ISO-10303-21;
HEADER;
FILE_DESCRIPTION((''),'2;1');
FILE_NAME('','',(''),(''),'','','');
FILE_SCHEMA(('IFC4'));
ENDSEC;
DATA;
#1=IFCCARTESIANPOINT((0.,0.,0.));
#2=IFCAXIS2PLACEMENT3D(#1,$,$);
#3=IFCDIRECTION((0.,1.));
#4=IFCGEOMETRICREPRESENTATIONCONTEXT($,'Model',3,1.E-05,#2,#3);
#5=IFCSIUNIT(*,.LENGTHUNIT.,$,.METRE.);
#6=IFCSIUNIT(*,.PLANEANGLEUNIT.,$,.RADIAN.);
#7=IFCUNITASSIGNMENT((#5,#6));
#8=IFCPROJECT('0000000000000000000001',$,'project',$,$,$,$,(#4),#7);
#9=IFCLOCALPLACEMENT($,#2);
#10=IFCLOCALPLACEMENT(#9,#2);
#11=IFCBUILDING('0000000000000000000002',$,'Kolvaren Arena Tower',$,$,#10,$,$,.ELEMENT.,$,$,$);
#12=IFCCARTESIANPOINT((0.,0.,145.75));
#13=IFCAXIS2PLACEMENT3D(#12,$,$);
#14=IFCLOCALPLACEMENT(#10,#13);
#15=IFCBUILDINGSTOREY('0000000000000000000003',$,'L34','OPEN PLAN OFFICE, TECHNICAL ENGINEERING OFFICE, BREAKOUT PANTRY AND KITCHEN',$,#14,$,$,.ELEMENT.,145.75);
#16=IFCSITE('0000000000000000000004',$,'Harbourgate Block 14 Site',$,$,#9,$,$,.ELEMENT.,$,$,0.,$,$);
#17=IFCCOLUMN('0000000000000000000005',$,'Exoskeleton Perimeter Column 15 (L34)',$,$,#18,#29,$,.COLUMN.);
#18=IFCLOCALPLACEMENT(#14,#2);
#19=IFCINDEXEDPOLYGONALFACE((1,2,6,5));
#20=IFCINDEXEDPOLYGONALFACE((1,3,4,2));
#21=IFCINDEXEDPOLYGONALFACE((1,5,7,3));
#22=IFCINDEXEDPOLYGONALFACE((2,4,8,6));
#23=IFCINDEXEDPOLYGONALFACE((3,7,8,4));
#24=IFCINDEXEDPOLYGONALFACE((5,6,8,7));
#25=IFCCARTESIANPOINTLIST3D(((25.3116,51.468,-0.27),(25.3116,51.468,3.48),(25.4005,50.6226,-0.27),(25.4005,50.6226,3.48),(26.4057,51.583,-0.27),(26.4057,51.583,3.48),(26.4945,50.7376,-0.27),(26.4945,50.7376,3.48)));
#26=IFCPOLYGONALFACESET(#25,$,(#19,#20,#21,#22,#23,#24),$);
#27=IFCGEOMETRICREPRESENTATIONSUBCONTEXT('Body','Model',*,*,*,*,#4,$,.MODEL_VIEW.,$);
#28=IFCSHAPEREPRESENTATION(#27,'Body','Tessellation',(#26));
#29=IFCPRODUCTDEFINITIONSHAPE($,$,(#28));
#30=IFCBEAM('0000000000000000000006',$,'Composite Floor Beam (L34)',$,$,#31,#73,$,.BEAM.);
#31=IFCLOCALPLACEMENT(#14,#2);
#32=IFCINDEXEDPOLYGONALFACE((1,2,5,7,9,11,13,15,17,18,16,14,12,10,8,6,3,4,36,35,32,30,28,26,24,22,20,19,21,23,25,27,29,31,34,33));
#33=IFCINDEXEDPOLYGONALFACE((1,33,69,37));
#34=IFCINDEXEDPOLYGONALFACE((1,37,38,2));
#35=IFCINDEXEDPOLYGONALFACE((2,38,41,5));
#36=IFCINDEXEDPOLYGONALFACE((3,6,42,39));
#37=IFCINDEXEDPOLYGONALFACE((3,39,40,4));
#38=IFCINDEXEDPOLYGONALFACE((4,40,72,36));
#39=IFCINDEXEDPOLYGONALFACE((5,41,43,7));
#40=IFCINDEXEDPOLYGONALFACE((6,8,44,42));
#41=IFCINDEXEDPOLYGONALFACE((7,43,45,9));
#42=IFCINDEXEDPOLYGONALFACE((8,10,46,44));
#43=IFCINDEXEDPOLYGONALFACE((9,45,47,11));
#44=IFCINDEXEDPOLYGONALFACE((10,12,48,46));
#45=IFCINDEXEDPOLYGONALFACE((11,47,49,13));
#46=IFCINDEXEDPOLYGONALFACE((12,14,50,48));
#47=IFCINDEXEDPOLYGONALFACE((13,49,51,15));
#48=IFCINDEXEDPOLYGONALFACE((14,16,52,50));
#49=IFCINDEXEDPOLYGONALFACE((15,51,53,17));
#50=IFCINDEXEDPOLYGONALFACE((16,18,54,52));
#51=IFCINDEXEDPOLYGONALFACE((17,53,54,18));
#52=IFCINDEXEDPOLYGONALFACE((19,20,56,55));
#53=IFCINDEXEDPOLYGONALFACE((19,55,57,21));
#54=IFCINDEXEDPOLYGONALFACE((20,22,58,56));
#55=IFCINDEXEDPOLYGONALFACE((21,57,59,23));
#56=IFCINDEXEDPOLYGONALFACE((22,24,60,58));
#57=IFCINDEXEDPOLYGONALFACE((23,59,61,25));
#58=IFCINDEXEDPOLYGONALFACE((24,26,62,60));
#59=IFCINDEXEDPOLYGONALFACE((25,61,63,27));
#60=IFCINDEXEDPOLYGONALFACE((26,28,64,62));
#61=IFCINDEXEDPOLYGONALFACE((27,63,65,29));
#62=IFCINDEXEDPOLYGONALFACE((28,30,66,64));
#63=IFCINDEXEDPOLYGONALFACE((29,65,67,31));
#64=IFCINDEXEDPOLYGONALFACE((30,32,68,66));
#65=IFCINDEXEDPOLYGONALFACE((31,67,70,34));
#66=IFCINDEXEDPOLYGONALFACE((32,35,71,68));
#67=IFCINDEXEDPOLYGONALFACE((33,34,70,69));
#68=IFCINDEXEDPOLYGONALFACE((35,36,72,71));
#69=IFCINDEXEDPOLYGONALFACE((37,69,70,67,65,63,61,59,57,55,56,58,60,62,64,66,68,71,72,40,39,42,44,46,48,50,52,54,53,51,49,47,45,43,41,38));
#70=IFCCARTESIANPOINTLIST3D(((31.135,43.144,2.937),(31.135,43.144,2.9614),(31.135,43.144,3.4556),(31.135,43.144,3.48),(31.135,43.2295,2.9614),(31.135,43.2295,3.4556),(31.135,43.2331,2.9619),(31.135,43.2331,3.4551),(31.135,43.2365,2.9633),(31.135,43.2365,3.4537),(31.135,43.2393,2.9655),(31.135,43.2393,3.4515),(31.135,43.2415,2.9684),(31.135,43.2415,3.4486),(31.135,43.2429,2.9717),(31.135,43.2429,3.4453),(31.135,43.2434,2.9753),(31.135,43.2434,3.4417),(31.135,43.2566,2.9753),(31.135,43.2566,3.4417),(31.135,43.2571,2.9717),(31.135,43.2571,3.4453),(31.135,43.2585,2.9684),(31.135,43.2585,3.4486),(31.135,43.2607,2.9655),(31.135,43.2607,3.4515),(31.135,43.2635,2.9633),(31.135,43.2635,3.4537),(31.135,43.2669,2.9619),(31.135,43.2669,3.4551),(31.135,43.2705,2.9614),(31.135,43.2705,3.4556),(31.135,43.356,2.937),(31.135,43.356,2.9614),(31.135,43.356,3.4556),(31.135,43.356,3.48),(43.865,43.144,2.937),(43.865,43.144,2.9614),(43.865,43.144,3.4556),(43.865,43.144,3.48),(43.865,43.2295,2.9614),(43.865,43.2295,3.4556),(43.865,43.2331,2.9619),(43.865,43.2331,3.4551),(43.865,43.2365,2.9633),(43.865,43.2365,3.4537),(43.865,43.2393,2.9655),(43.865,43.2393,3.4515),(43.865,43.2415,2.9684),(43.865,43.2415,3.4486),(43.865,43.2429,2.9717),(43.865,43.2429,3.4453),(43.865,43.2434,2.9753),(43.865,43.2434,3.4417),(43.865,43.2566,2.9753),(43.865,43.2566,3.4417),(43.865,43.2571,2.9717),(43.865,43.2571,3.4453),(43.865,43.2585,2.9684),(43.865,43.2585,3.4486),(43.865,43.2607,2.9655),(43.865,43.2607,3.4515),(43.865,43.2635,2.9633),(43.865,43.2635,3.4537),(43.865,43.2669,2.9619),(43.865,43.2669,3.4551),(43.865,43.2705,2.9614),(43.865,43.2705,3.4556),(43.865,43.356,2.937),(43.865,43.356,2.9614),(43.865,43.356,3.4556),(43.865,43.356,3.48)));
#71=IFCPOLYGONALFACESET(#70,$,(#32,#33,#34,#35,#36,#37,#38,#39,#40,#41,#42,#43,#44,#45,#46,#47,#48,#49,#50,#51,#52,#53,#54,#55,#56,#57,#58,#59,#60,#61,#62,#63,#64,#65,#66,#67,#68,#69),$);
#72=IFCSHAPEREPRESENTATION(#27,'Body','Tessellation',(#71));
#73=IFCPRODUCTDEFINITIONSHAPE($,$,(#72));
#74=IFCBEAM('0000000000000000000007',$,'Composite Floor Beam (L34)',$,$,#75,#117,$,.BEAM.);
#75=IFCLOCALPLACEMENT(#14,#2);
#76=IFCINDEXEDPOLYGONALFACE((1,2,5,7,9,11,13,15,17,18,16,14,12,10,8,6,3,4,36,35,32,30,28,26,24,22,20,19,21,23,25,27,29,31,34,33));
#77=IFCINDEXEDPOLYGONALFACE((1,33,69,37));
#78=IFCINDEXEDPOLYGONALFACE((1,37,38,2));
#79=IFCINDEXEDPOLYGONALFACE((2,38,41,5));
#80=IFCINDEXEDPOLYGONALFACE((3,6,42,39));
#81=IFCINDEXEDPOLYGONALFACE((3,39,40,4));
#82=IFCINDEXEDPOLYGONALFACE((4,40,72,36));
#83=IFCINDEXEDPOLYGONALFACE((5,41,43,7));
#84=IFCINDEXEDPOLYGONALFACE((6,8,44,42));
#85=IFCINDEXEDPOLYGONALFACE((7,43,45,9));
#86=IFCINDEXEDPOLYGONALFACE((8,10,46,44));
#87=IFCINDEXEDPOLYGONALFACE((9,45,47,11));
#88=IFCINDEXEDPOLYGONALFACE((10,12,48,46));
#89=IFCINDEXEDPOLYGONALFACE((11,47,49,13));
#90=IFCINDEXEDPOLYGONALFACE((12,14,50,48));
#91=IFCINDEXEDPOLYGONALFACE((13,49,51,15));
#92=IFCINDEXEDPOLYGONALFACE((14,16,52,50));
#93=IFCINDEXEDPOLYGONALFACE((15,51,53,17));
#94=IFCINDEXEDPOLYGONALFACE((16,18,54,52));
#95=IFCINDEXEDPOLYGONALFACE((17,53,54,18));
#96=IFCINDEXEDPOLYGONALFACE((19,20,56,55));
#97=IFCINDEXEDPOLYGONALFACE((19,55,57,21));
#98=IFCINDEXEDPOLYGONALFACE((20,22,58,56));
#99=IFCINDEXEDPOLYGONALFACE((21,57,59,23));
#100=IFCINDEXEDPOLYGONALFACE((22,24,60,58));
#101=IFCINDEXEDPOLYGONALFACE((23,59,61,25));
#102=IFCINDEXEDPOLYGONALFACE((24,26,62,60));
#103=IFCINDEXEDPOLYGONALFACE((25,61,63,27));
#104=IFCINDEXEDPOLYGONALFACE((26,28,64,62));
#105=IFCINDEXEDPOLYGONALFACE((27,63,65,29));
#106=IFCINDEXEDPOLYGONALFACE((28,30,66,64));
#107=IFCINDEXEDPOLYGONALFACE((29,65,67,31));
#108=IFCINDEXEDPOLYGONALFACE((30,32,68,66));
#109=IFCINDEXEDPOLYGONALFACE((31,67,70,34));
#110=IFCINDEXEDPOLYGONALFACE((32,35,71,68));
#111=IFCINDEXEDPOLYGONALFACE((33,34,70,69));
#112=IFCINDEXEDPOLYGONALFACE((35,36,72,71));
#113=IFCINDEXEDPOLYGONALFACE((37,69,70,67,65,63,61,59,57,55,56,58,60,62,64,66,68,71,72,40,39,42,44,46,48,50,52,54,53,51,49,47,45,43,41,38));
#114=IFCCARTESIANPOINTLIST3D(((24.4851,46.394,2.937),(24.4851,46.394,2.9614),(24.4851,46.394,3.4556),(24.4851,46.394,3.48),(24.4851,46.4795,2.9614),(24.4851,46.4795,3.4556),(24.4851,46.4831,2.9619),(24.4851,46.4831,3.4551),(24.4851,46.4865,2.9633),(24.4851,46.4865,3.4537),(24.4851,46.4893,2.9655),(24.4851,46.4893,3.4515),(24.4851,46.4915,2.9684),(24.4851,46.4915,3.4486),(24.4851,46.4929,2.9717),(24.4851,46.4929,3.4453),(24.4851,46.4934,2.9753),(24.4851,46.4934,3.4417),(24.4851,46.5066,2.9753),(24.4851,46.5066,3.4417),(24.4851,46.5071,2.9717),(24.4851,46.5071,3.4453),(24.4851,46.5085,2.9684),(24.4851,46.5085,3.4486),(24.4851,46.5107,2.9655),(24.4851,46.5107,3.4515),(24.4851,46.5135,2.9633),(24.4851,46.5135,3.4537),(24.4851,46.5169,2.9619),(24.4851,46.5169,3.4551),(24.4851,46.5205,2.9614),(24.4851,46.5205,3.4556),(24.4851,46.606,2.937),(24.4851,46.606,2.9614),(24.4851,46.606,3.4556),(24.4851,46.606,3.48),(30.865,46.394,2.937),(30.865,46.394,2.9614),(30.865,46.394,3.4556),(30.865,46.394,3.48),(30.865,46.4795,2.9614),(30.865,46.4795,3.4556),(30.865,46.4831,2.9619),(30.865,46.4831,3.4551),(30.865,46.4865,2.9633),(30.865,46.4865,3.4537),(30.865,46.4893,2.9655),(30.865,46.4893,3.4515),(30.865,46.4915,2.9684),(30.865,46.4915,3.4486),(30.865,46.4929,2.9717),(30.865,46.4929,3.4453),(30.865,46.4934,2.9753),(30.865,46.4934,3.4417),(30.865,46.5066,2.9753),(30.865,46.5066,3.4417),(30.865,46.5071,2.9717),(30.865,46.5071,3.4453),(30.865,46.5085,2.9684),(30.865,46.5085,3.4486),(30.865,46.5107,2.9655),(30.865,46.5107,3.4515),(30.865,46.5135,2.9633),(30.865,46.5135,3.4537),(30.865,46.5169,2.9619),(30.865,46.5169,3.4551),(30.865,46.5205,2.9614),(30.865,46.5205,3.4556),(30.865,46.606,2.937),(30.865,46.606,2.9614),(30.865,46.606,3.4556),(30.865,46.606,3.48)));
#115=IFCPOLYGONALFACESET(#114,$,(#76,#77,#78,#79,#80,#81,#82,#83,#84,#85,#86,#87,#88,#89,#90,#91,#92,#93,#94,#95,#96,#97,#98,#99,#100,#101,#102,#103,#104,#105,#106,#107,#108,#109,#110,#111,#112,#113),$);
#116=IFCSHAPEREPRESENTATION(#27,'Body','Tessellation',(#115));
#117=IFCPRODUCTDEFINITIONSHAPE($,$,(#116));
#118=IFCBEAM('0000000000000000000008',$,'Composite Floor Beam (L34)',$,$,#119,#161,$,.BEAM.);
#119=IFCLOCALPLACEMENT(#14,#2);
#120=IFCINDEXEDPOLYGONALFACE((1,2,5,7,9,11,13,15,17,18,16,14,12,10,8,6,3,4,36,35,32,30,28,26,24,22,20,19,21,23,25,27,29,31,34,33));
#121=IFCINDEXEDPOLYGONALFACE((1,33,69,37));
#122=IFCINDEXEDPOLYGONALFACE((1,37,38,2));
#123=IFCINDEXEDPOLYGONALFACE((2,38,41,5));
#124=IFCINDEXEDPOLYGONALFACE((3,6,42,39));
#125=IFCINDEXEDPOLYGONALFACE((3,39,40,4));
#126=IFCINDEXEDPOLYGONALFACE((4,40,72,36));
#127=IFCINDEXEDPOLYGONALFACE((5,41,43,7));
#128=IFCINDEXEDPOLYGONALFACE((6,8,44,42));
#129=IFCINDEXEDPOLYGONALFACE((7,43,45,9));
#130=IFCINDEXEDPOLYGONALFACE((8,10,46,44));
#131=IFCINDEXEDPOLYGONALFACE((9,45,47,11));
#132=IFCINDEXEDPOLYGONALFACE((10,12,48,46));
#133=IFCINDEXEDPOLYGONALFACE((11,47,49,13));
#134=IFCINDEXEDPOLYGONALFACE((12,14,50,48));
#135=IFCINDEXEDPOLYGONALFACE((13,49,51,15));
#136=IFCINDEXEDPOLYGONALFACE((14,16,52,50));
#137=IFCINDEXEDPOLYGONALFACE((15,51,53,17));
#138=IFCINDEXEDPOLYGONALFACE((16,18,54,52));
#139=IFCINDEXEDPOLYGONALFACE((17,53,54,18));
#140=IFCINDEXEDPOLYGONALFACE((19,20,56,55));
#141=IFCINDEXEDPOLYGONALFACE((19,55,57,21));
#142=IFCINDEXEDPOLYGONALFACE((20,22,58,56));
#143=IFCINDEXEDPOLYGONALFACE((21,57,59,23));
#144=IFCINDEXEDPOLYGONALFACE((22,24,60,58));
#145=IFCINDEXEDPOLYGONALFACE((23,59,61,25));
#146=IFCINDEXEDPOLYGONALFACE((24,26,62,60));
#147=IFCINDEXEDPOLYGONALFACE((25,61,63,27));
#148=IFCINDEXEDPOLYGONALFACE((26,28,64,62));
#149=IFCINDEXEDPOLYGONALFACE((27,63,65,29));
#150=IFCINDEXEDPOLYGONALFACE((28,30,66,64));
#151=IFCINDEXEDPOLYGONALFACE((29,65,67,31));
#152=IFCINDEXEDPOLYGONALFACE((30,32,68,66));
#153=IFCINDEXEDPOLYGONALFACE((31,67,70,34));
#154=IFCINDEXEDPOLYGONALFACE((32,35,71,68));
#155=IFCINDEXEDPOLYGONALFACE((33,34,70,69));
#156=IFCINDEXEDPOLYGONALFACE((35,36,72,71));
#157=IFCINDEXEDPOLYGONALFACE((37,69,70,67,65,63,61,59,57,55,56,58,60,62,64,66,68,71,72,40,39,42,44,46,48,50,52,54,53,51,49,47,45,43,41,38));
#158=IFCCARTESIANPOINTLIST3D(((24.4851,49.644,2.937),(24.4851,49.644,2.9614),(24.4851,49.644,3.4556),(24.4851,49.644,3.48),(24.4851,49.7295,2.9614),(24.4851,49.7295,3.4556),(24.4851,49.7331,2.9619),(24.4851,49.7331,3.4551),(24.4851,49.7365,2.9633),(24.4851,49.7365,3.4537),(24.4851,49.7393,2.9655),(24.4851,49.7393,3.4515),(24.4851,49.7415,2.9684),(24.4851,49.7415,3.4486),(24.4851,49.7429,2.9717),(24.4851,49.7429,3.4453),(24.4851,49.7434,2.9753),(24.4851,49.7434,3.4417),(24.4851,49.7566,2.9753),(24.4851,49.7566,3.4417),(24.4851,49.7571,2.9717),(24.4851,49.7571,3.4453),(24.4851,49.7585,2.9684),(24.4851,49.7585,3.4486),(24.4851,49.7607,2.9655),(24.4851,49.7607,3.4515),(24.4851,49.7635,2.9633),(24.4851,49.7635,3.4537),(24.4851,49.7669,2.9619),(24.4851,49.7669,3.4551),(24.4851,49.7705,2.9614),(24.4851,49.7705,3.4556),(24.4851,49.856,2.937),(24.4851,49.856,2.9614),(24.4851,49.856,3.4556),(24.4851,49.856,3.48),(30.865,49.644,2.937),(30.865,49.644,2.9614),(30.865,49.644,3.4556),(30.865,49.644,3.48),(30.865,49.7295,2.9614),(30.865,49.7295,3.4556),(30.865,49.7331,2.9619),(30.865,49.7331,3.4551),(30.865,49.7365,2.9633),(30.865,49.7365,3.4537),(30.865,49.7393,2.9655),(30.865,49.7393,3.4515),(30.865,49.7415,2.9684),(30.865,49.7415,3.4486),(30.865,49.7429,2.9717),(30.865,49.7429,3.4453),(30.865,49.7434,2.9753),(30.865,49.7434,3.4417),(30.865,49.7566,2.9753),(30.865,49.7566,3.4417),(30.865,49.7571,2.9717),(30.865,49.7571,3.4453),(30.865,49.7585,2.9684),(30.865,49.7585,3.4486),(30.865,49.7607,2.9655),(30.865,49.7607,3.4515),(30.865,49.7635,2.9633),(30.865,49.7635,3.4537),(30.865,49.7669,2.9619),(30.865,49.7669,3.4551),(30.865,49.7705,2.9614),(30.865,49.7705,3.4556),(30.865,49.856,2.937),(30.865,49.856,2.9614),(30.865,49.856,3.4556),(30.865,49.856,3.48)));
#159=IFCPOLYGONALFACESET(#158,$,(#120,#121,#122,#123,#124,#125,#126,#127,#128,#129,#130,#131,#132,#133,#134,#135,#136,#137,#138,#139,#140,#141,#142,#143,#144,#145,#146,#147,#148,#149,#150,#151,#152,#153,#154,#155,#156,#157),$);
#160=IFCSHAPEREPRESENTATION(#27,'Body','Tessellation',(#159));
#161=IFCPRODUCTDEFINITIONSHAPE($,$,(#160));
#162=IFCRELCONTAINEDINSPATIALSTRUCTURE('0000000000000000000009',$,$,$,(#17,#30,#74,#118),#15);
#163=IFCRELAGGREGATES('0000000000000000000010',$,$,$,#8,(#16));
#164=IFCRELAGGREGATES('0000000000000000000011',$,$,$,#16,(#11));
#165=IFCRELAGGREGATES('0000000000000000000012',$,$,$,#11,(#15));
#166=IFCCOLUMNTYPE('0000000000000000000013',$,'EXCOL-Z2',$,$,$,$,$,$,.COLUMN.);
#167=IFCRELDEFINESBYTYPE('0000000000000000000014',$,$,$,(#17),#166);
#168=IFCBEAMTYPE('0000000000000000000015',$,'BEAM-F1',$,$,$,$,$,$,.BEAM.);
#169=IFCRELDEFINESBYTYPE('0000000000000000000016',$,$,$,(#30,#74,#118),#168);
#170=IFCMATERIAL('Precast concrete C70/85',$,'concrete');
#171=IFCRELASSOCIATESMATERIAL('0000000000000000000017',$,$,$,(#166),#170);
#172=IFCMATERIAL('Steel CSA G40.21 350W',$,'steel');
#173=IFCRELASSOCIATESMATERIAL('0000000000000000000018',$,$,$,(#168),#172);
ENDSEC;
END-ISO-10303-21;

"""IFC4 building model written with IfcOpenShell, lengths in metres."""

from ifc_helpers import new_model, si_unit, direction, frame, origin, origin_2d, place, context, subcontext, project, spatial, rectangle, i_section, extrude, material, material_profile, profile_set, type_object, element, save


model = new_model("IFC4")

# Units and contexts
model_context = context("Model", 3, precision=1e-05, world=origin(), true_north=direction((0.0, 1.0)))
body_context = subcontext(model_context, "Body", "Model", "MODEL_VIEW")
ifc_project = project(units=[si_unit("LENGTHUNIT", "METRE"), si_unit("PLANEANGLEUNIT", "RADIAN")], contexts=[model_context])

# Site, building, storey
site_placement = place(None, origin())
site = spatial("IfcSite", under=ifc_project, at=site_placement, Name="Harbourgate Block 14 Site", CompositionType="ELEMENT", RefElevation=0.0)
building_placement = place(site_placement, origin())
building = spatial("IfcBuilding", under=site, at=building_placement, Name="Kolvaren Arena Tower", CompositionType="ELEMENT")
storey_placement = place(building_placement, frame((0.0, 0.0, 145.75)))
storey = spatial("IfcBuildingStorey", under=building, at=storey_placement, Name="L34", Description="OPEN PLAN OFFICE, TECHNICAL ENGINEERING OFFICE, BREAKOUT PANTRY AND KITCHEN", CompositionType="ELEMENT", Elevation=145.75)

# Column
ifc_material_1 = material(Name="Precast concrete C70/85", Category="concrete")
ifc_material_profile_1 = material_profile(ifc_material_1, rectangle(XDim=1.1001, YDim=0.8501, at=origin_2d()), Name="RC-1100x850")
ifc_profile_set_1 = profile_set([ifc_material_profile_1], Name="Precast concrete C70/85")
column_type = type_object("IfcColumnType", Name="EXCOL-Z2", PredefinedType="COLUMN", material=ifc_profile_set_1)
column_placement = place(storey_placement, frame((25.9031, 51.1028, -0.27), z_axis=(0.0, 0.0, 1.0), x_axis=(0.994522, 0.104528, 0.0)))
element("IfcColumn", 1, at=column_placement, inside=storey, type_object=column_type, Name="Exoskeleton Perimeter Column 15 (L34)", PredefinedType="COLUMN", context=body_context, shape_type="SweptSolid", body=[
    extrude(rectangle(XDim=1.1001, YDim=0.8501, at=origin_2d()), origin(), (0.0, 0.0, 1.0), 3.75),
])

# Beams
ifc_material_2 = material(Name="Steel CSA G40.21 350W", Category="steel")
ifc_material_profile_2 = material_profile(ifc_material_2, i_section(OverallWidth=0.2119, OverallDepth=0.543, WebThickness=0.0132, FlangeThickness=0.0244, FilletRadius=0.0139, at=origin_2d()), Name="W530x150")
ifc_profile_set_2 = profile_set([ifc_material_profile_2], Name="Steel CSA G40.21 350W")
beam_type_1 = type_object("IfcBeamType", Name="BEAM-F1", PredefinedType="BEAM", material=ifc_profile_set_2)
beam_1_placement = place(storey_placement, frame((31.135, 43.25, 3.2085), z_axis=(1.0, 0.0, 0.0), x_axis=(0.0, 1.0, 0.0)))
element("IfcBeam", 2, at=beam_1_placement, inside=storey, type_object=beam_type_1, Name="Composite Floor Beam (L34)", PredefinedType="BEAM", context=body_context, shape_type="SweptSolid", body=[
    extrude(i_section(OverallWidth=0.2119, OverallDepth=0.543, WebThickness=0.0132, FlangeThickness=0.0244, FilletRadius=0.0139, at=origin_2d()), origin(), (0.0, 0.0, 1.0), 12.73),
])
for number, where, z_axis, x_axis, name in (
    (3, (24.4851, 46.5, 3.2085), (1.0, 0.0, 0.0), (0.0, 1.0, 0.0), "Composite Floor Beam (L34)"),
    (4, (24.4851, 49.75, 3.2085), (1.0, 0.0, 0.0), (0.0, 1.0, 0.0), "Composite Floor Beam (L34)"),
):
    element("IfcBeam", number, at=place(storey_placement, frame(where, z_axis=z_axis, x_axis=x_axis)), inside=storey, type_object=beam_type_1, Name=name, PredefinedType="BEAM", context=body_context, shape_type="SweptSolid", body=[
        extrude(i_section(OverallWidth=0.2119, OverallDepth=0.543, WebThickness=0.0132, FlangeThickness=0.0244, FilletRadius=0.0139, at=origin_2d()), origin(), (0.0, 0.0, 1.0), 6.3799),
    ])

save(model, "model.ifc")
